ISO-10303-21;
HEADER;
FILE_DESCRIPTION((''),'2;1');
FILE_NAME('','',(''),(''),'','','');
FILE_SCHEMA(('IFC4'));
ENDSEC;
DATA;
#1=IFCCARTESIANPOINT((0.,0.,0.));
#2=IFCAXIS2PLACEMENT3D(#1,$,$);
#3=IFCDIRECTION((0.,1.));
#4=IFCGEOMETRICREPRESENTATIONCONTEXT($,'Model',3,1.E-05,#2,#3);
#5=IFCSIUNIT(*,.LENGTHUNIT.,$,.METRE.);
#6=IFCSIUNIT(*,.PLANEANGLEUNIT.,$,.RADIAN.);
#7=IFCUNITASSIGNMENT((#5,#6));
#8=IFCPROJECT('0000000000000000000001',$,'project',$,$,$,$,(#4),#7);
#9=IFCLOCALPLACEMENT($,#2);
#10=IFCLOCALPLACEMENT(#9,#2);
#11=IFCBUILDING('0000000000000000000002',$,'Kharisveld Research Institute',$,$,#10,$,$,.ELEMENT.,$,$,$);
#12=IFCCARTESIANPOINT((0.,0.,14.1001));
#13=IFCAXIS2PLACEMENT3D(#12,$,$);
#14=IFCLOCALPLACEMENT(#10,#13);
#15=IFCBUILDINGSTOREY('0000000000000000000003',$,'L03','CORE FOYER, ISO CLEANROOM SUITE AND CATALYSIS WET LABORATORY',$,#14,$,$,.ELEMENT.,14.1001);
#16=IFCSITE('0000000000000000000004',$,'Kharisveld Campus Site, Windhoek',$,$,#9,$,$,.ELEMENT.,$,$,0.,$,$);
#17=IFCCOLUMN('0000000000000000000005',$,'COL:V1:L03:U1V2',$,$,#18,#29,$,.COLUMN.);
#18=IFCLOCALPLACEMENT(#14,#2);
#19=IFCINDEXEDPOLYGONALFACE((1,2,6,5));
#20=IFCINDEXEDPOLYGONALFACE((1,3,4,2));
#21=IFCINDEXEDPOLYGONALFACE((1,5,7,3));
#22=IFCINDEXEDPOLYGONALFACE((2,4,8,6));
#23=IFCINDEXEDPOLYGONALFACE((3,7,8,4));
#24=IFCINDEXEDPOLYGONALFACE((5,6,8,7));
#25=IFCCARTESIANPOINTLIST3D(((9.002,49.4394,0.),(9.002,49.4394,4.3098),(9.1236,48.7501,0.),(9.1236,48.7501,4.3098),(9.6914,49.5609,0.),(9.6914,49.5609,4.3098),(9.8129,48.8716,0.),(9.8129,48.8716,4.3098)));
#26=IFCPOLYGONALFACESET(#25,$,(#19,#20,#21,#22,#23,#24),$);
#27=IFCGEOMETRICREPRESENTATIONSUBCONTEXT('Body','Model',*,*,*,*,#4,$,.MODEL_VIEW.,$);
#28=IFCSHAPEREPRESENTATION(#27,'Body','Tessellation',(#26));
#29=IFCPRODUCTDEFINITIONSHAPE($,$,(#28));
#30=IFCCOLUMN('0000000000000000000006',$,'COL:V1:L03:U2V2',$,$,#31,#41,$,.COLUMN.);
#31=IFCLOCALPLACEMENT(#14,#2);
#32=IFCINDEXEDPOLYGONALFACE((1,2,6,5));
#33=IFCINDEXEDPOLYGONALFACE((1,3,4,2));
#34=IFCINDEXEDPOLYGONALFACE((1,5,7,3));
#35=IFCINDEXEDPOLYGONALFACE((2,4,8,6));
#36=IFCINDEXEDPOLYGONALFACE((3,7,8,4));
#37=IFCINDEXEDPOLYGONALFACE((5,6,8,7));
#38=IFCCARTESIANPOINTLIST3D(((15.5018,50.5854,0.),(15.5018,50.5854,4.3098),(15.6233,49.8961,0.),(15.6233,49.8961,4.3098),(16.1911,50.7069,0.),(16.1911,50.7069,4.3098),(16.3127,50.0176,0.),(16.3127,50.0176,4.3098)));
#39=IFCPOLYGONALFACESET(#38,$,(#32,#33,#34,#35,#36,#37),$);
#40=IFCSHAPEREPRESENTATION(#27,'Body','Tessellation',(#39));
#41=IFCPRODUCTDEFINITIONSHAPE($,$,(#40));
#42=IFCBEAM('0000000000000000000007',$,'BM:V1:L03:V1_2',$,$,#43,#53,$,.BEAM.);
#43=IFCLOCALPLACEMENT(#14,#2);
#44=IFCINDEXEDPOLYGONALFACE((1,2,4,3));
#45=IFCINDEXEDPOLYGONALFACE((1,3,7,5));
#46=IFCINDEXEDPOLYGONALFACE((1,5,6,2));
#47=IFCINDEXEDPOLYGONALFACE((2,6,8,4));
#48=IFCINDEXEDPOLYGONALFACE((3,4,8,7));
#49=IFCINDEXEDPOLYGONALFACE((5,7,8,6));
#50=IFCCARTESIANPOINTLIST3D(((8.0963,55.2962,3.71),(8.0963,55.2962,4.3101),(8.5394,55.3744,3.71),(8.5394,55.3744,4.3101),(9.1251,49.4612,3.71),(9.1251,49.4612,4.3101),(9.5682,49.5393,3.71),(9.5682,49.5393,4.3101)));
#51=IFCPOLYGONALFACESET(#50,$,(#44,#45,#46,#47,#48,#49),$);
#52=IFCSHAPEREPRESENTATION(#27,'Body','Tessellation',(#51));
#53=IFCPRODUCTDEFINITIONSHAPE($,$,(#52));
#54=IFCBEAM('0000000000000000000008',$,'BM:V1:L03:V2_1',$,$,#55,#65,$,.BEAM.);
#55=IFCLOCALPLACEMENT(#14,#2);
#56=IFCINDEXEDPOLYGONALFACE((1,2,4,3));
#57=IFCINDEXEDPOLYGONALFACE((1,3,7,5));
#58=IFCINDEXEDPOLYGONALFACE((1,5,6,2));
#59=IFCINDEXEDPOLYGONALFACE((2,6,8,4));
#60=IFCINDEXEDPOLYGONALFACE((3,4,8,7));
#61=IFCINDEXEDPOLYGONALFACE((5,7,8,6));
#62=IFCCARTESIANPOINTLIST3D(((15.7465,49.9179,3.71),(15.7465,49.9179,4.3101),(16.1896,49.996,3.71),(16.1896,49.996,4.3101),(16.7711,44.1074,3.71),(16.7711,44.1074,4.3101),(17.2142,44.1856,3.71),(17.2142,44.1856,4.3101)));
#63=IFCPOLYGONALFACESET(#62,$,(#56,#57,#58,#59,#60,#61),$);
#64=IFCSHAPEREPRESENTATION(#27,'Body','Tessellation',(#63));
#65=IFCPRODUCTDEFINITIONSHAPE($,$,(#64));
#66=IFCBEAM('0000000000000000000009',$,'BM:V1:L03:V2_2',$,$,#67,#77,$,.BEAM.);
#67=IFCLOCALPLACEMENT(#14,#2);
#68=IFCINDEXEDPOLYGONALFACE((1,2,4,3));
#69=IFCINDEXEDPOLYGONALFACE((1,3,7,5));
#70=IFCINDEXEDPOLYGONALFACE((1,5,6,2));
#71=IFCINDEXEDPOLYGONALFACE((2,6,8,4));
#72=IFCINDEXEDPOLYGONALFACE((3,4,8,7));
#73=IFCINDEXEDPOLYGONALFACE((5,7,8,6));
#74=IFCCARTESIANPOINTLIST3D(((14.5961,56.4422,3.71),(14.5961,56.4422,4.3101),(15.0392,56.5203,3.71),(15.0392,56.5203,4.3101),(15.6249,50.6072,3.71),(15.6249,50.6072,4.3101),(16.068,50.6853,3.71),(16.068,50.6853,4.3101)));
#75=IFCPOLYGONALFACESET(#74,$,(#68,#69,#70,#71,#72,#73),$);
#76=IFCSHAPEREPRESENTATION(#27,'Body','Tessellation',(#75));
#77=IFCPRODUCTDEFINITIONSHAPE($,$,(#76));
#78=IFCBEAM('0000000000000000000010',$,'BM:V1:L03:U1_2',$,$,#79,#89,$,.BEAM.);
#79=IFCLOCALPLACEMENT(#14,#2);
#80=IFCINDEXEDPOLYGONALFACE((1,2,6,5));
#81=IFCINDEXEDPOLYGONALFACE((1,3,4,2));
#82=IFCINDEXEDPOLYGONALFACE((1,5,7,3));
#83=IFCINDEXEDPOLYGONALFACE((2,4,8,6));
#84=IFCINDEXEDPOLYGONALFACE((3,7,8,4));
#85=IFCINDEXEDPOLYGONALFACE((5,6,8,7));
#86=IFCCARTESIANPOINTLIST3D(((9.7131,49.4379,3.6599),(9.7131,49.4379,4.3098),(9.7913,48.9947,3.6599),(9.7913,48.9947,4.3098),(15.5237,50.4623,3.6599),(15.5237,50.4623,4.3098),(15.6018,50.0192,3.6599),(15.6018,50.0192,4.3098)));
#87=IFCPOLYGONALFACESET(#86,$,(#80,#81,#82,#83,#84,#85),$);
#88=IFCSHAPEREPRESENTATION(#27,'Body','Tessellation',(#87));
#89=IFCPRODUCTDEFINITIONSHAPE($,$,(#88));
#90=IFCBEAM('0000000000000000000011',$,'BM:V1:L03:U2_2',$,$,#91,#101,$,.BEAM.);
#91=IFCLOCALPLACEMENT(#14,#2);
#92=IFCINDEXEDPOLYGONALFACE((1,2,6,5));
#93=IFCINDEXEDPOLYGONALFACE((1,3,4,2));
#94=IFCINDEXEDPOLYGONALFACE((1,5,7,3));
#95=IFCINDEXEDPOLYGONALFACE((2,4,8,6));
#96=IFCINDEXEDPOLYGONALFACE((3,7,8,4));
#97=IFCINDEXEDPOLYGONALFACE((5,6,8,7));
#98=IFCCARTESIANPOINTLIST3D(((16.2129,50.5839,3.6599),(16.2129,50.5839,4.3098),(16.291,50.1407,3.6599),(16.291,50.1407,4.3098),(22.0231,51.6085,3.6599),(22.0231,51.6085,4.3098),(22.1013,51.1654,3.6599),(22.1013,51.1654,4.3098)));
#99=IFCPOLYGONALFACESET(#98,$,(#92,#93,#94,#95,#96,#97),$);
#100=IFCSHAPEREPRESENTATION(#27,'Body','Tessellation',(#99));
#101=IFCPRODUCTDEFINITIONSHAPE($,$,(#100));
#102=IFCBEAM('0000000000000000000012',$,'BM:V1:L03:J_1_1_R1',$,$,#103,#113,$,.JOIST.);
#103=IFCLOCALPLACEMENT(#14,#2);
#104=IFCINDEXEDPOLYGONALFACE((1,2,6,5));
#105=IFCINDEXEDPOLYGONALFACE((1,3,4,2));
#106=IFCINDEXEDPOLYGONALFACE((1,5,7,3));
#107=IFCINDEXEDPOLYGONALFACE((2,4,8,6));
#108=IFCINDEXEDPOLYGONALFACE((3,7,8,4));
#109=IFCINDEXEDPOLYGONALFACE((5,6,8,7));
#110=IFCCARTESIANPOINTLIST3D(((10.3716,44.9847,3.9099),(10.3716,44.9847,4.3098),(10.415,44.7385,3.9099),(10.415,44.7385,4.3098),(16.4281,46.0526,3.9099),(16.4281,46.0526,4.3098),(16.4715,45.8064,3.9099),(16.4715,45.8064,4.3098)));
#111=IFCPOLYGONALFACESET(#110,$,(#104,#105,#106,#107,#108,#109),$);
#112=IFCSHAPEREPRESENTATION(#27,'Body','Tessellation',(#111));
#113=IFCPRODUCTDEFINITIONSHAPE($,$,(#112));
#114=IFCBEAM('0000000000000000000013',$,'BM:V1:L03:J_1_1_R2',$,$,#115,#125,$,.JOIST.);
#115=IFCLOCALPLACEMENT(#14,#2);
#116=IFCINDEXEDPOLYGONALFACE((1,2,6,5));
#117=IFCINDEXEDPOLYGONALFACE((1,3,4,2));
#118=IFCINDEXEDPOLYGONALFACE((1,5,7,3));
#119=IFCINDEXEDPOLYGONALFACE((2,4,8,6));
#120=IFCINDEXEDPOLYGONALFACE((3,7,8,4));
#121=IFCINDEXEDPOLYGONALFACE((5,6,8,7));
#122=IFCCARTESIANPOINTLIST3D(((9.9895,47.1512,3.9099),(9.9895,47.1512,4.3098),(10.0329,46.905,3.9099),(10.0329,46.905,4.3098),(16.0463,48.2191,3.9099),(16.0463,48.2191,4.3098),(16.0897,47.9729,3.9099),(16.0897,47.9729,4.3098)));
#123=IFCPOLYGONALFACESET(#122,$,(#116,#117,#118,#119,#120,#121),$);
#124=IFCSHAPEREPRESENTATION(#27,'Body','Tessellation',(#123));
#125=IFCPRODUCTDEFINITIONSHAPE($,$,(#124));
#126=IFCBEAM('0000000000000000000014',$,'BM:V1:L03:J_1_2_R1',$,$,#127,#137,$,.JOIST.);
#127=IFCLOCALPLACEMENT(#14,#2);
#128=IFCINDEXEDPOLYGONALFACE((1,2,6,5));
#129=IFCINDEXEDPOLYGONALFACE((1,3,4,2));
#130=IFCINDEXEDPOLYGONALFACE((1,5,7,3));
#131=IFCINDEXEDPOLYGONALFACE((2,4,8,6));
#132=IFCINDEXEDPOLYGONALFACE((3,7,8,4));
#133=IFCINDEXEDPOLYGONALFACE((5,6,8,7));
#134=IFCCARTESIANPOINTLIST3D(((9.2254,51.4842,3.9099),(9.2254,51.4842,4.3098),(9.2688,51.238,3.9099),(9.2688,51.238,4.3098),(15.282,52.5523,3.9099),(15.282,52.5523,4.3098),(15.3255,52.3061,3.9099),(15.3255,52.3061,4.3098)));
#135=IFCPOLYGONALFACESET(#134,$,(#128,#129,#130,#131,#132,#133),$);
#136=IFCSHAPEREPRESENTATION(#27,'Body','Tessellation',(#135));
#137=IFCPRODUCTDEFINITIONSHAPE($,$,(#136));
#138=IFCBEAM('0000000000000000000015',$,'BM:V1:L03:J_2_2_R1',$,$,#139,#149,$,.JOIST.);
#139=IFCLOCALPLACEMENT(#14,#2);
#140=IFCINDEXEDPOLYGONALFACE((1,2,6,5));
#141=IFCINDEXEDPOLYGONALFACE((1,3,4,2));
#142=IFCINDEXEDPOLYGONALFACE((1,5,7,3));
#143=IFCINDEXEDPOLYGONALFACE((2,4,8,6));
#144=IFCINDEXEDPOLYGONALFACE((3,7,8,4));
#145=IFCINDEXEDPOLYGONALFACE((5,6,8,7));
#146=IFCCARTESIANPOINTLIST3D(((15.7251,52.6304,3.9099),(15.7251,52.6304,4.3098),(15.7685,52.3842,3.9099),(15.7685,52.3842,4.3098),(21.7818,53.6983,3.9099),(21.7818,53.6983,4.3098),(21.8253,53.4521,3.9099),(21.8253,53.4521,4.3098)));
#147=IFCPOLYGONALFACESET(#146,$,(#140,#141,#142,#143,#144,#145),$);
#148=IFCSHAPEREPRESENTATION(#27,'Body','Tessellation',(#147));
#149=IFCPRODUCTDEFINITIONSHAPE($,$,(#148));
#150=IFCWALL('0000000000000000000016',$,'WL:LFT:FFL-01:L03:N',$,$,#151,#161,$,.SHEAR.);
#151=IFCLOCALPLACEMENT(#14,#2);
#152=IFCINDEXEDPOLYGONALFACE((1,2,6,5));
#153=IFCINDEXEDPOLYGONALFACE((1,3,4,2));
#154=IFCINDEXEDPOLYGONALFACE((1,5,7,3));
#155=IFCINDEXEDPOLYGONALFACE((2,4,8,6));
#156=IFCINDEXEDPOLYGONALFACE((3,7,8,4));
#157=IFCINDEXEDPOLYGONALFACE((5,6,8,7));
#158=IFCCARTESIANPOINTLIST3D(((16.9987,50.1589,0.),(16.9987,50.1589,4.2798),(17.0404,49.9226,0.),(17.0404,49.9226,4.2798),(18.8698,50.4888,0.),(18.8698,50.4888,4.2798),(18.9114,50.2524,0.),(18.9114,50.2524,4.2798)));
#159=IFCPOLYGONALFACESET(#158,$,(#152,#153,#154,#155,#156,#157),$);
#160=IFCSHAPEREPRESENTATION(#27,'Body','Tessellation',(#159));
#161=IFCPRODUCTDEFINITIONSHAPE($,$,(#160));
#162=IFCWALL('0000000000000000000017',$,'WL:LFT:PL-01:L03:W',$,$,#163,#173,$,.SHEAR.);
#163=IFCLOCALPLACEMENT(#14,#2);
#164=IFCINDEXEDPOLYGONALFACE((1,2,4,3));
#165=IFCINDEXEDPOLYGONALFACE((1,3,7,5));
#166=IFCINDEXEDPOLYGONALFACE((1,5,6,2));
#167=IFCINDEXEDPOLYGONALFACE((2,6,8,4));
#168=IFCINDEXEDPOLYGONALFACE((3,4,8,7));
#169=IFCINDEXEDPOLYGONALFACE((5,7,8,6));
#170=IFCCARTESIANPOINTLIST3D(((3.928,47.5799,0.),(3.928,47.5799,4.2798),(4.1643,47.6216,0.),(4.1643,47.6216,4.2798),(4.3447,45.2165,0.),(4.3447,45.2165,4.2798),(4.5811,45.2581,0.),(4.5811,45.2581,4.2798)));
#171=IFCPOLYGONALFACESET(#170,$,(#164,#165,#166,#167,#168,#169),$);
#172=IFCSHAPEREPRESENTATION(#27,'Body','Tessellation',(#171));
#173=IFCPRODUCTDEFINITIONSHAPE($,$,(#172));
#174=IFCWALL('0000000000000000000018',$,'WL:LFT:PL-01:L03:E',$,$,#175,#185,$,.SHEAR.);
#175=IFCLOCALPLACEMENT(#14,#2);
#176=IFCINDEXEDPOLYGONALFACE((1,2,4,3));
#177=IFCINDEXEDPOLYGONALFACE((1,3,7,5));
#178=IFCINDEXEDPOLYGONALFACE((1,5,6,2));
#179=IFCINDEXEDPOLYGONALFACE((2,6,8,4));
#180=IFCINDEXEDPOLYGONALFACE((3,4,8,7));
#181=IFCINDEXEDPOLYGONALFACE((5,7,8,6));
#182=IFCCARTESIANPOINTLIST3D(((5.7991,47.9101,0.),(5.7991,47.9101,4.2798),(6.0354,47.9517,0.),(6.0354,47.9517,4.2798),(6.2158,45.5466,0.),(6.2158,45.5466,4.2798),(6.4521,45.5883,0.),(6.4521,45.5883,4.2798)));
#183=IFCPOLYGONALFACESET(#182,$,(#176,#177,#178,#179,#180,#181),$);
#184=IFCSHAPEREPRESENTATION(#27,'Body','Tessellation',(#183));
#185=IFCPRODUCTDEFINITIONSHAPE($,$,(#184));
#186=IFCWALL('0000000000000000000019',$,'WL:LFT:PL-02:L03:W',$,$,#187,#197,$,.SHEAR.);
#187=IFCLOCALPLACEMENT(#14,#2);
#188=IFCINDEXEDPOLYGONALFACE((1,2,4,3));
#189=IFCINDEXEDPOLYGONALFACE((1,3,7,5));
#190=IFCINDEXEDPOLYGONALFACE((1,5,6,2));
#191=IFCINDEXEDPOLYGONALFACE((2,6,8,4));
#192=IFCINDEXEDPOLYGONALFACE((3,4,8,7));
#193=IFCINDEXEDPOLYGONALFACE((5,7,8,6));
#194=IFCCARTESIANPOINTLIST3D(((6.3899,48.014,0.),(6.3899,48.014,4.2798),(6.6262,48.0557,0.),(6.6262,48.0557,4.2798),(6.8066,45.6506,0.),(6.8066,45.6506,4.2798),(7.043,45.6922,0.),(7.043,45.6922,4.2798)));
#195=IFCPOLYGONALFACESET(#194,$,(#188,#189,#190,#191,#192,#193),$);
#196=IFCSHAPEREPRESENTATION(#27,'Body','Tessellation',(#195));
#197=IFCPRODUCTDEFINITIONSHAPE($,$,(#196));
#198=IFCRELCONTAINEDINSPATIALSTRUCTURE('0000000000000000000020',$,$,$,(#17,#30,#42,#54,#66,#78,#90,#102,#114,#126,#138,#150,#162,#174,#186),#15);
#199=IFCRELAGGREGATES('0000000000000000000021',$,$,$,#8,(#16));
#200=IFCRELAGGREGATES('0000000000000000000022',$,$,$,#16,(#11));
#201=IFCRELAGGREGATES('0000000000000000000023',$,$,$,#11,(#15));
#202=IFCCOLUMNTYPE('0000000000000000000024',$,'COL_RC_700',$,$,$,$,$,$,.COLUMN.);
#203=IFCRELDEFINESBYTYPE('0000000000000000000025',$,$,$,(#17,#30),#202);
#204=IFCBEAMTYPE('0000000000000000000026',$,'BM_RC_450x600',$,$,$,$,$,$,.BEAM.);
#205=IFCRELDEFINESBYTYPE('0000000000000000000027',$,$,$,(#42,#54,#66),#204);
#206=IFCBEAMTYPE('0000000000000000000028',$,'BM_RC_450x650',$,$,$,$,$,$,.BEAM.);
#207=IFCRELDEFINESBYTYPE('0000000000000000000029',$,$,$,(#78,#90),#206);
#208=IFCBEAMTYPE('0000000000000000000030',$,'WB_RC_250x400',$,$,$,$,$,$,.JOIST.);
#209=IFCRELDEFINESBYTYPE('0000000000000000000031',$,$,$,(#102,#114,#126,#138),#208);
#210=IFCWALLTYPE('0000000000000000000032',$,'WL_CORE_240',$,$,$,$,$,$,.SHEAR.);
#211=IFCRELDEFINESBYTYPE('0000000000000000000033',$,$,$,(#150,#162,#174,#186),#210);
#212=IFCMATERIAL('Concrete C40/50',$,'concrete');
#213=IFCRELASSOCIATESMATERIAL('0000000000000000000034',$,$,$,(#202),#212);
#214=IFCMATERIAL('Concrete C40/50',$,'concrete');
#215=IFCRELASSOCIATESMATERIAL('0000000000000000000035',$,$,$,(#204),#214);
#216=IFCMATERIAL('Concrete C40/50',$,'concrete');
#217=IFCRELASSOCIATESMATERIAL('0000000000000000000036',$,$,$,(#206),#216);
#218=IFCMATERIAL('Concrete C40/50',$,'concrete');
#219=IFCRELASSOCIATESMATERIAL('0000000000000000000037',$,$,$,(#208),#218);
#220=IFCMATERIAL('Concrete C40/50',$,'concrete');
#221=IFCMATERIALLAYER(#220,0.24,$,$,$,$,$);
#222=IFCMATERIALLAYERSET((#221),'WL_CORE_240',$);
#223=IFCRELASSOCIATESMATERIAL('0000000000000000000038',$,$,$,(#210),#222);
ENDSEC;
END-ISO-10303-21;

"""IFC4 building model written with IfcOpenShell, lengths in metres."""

from ifc_helpers import new_model, si_unit, direction, frame, frame_2d, origin, origin_2d, place, context, subcontext, project, spatial, rectangle, extrude, material, layer, layer_set, material_profile, profile_set, type_object, element, save


model = new_model("IFC4")

# Units and contexts
model_context = context("Model", 3, precision=1e-05, world=origin(), true_north=direction((0.0, 1.0)))
body_context = subcontext(model_context, "Body", "Model", "MODEL_VIEW")
ifc_project = project(units=[si_unit("LENGTHUNIT", "METRE"), si_unit("PLANEANGLEUNIT", "RADIAN")], contexts=[model_context])

# Site, building, storey
site_placement = place(None, origin())
site = spatial("IfcSite", under=ifc_project, at=site_placement, Name="Kharisveld Campus Site, Windhoek", CompositionType="ELEMENT", RefElevation=0.0)
building_placement = place(site_placement, origin())
building = spatial("IfcBuilding", under=site, at=building_placement, Name="Kharisveld Research Institute", CompositionType="ELEMENT")
storey_placement = place(building_placement, frame((0.0, 0.0, 14.1001)))
storey = spatial("IfcBuildingStorey", under=building, at=storey_placement, Name="L03", Description="CORE FOYER, ISO CLEANROOM SUITE AND CATALYSIS WET LABORATORY", CompositionType="ELEMENT", Elevation=14.1001)

# Columns
ifc_material_1 = material(Name="Concrete C40/50", Category="concrete")
ifc_material_profile_1 = material_profile(ifc_material_1, rectangle(XDim=0.7, YDim=0.7, at=origin_2d()))
ifc_profile_set_1 = profile_set([ifc_material_profile_1], Name="Concrete C40/50")
column_type = type_object("IfcColumnType", Name="COL_RC_700", PredefinedType="COLUMN", material=ifc_profile_set_1)
for number, where, z_axis, x_axis, name in (
    (1, (9.4075, 49.1555, 0.0), (0.0, 0.0, 1.0), (0.984808, 0.173648, 0.0), "COL:V1:L03:U1V2"),
    (2, (15.9072, 50.3015, 0.0), (0.0, 0.0, 1.0), (0.984808, 0.173648, 0.0), "COL:V1:L03:U2V2"),
):
    element("IfcColumn", number, at=place(storey_placement, frame(where, z_axis=z_axis, x_axis=x_axis)), inside=storey, type_object=column_type, Name=name, PredefinedType="COLUMN", context=body_context, shape_type="SweptSolid", body=[
        extrude(rectangle(XDim=0.7, YDim=0.7, at=origin_2d()), origin(), (0.0, 0.0, 1.0), 4.3098),
    ])

# Beams
ifc_material_2 = material(Name="Concrete C40/50", Category="concrete")
ifc_material_profile_2 = material_profile(ifc_material_2, rectangle(XDim=0.45, YDim=0.6001, at=origin_2d()))
ifc_profile_set_2 = profile_set([ifc_material_profile_2], Name="Concrete C40/50")
beam_type_1 = type_object("IfcBeamType", Name="BM_RC_450x600", PredefinedType="BEAM", material=ifc_profile_set_2)
beam_1_placement = place(storey_placement, frame((9.3467, 49.5002, 4.01), z_axis=(-0.17364, 0.984809, 0.0), x_axis=(-0.984809, -0.17364, 0.0)))
element("IfcBeam", 3, at=beam_1_placement, inside=storey, type_object=beam_type_1, Name="BM:V1:L03:V1_2", PredefinedType="BEAM", context=body_context, shape_type="SweptSolid", body=[
    extrude(rectangle(XDim=0.45, YDim=0.6001, at=origin_2d()), origin(), (0.0, 0.0, 1.0), 5.925),
])
beam_2_placement = place(storey_placement, frame((16.9927, 44.1465, 4.01), z_axis=(-0.173665, 0.984805, 0.0), x_axis=(-0.984805, -0.173665, 0.0)))
element("IfcBeam", 4, at=beam_2_placement, inside=storey, type_object=beam_type_1, Name="BM:V1:L03:V2_1", PredefinedType="BEAM", context=body_context, shape_type="SweptSolid", body=[
    extrude(rectangle(XDim=0.45, YDim=0.6001, at=origin_2d()), origin(), (0.0, 0.0, 1.0), 5.9001),
])
beam_3_placement = place(storey_placement, frame((15.8464, 50.6462, 4.01), z_axis=(-0.17364, 0.984809, 0.0), x_axis=(-0.984809, -0.17364, 0.0)))
element("IfcBeam", 5, at=beam_3_placement, inside=storey, type_object=beam_type_1, Name="BM:V1:L03:V2_2", PredefinedType="BEAM", context=body_context, shape_type="SweptSolid", body=[
    extrude(rectangle(XDim=0.45, YDim=0.6001, at=origin_2d()), origin(), (0.0, 0.0, 1.0), 5.925),
])
ifc_material_3 = material(Name="Concrete C40/50", Category="concrete")
ifc_material_profile_3 = material_profile(ifc_material_3, rectangle(XDim=0.45, YDim=0.6499, at=origin_2d()))
ifc_profile_set_3 = profile_set([ifc_material_profile_3], Name="Concrete C40/50")
beam_type_2 = type_object("IfcBeamType", Name="BM_RC_450x650", PredefinedType="BEAM", material=ifc_profile_set_3)
beam_4_placement = place(storey_placement, frame((9.7522, 49.2163, 3.9849), z_axis=(0.984812, 0.173625, 0.0), x_axis=(-0.173625, 0.984812, 0.0)))
element("IfcBeam", 6, at=beam_4_placement, inside=storey, type_object=beam_type_2, Name="BM:V1:L03:U1_2", PredefinedType="BEAM", context=body_context, shape_type="SweptSolid", body=[
    extrude(rectangle(XDim=0.45, YDim=0.6499, at=origin_2d()), origin(), (0.0, 0.0, 1.0), 5.9001),
])
beam_5_placement = place(storey_placement, frame((16.252, 50.3623, 3.9849), z_axis=(0.984804, 0.173672, 0.0), x_axis=(-0.173672, 0.984804, 0.0)))
element("IfcBeam", 7, at=beam_5_placement, inside=storey, type_object=beam_type_2, Name="BM:V1:L03:U2_2", PredefinedType="BEAM", context=body_context, shape_type="SweptSolid", body=[
    extrude(rectangle(XDim=0.45, YDim=0.6499, at=origin_2d()), origin(), (0.0, 0.0, 1.0), 5.8999),
])
ifc_material_4 = material(Name="Concrete C40/50", Category="concrete")
ifc_material_profile_4 = material_profile(ifc_material_4, rectangle(XDim=0.25, YDim=0.3999, at=origin_2d()))
ifc_profile_set_4 = profile_set([ifc_material_profile_4], Name="Concrete C40/50")
beam_type_3 = type_object("IfcBeamType", Name="WB_RC_250x400", PredefinedType="JOIST", material=ifc_profile_set_4)
beam_6_placement = place(storey_placement, frame((10.3933, 44.8616, 4.1099), z_axis=(0.984809, 0.173643, 0.0), x_axis=(-0.173643, 0.984809, 0.0)))
element("IfcBeam", 8, at=beam_6_placement, inside=storey, type_object=beam_type_3, Name="BM:V1:L03:J_1_1_R1", PredefinedType="JOIST", context=body_context, shape_type="SweptSolid", body=[
    extrude(rectangle(XDim=0.25, YDim=0.3999, at=origin_2d()), origin(), (0.0, 0.0, 1.0), 6.1499),
])
for number, where, z_axis, x_axis, name in (
    (9, (10.0112, 47.0281, 4.1099), (0.98481, 0.173636, 0.0), (-0.173636, 0.98481, 0.0), "BM:V1:L03:J_1_1_R2"),
    (10, (9.2471, 51.3611, 4.1099), (0.984803, 0.173674, 0.0), (-0.173674, 0.984803, 0.0), "BM:V1:L03:J_1_2_R1"),
    (11, (15.7468, 52.5073, 4.1099), (0.98481, 0.173636, 0.0), (-0.173636, 0.98481, 0.0), "BM:V1:L03:J_2_2_R1"),
):
    element("IfcBeam", number, at=place(storey_placement, frame(where, z_axis=z_axis, x_axis=x_axis)), inside=storey, type_object=beam_type_3, Name=name, PredefinedType="JOIST", context=body_context, shape_type="SweptSolid", body=[
        extrude(rectangle(XDim=0.25, YDim=0.3999, at=origin_2d()), origin(), (0.0, 0.0, 1.0), 6.1501),
    ])

# Walls
ifc_material_5 = material(Name="Concrete C40/50", Category="concrete")
ifc_layer_1 = layer(ifc_material_5, 0.24)
ifc_layer_set_1 = layer_set([ifc_layer_1], Name="WL_CORE_240")
wall_type_1 = type_object("IfcWallType", Name="WL_CORE_240", PredefinedType="SHEAR", material=ifc_layer_set_1)
wall_1_placement = place(storey_placement, frame((17.0195, 50.0408, 0.0), z_axis=(0.0, 0.0, 1.0), x_axis=(0.984816, 0.173602, 0.0)))
element("IfcWall", 12, at=wall_1_placement, inside=storey, type_object=wall_type_1, Name="WL:LFT:FFL-01:L03:N", PredefinedType="SHEAR", context=body_context, shape_type="SweptSolid", body=[
    extrude(rectangle(XDim=1.8999, YDim=0.24, at=frame_2d((0.95, 0.0))), origin(), (0.0, 0.0, 1.0), 4.2798),
])
for number, where, z_axis, x_axis, name in (
    (13, (4.4629, 45.2373, 0.0), (0.0, 0.0, 1.0), (-0.173646, 0.984808, 0.0), "WL:LFT:PL-01:L03:W"),
    (14, (5.9172, 47.9309, 0.0), (0.0, 0.0, 1.0), (0.173646, -0.984808, 0.0), "WL:LFT:PL-01:L03:E"),
):
    element("IfcWall", number, at=place(storey_placement, frame(where, z_axis=z_axis, x_axis=x_axis)), inside=storey, type_object=wall_type_1, Name=name, PredefinedType="SHEAR", context=body_context, shape_type="SweptSolid", body=[
        extrude(rectangle(XDim=2.3999, YDim=0.24, at=frame_2d((1.2, 0.0))), origin(), (0.0, 0.0, 1.0), 4.2798),
    ])

# Wall
wall_2_placement = place(storey_placement, frame((6.9248, 45.6714, 0.0), z_axis=(0.0, 0.0, 1.0), x_axis=(-0.173646, 0.984808, 0.0)))
element("IfcWall", 15, at=wall_2_placement, inside=storey, type_object=wall_type_1, Name="WL:LFT:PL-02:L03:W", PredefinedType="SHEAR", context=body_context, shape_type="SweptSolid", body=[
    extrude(rectangle(XDim=2.3999, YDim=0.24, at=frame_2d((1.2, 0.0))), origin(), (0.0, 0.0, 1.0), 4.2798),
])

save(model, "model.ifc")
